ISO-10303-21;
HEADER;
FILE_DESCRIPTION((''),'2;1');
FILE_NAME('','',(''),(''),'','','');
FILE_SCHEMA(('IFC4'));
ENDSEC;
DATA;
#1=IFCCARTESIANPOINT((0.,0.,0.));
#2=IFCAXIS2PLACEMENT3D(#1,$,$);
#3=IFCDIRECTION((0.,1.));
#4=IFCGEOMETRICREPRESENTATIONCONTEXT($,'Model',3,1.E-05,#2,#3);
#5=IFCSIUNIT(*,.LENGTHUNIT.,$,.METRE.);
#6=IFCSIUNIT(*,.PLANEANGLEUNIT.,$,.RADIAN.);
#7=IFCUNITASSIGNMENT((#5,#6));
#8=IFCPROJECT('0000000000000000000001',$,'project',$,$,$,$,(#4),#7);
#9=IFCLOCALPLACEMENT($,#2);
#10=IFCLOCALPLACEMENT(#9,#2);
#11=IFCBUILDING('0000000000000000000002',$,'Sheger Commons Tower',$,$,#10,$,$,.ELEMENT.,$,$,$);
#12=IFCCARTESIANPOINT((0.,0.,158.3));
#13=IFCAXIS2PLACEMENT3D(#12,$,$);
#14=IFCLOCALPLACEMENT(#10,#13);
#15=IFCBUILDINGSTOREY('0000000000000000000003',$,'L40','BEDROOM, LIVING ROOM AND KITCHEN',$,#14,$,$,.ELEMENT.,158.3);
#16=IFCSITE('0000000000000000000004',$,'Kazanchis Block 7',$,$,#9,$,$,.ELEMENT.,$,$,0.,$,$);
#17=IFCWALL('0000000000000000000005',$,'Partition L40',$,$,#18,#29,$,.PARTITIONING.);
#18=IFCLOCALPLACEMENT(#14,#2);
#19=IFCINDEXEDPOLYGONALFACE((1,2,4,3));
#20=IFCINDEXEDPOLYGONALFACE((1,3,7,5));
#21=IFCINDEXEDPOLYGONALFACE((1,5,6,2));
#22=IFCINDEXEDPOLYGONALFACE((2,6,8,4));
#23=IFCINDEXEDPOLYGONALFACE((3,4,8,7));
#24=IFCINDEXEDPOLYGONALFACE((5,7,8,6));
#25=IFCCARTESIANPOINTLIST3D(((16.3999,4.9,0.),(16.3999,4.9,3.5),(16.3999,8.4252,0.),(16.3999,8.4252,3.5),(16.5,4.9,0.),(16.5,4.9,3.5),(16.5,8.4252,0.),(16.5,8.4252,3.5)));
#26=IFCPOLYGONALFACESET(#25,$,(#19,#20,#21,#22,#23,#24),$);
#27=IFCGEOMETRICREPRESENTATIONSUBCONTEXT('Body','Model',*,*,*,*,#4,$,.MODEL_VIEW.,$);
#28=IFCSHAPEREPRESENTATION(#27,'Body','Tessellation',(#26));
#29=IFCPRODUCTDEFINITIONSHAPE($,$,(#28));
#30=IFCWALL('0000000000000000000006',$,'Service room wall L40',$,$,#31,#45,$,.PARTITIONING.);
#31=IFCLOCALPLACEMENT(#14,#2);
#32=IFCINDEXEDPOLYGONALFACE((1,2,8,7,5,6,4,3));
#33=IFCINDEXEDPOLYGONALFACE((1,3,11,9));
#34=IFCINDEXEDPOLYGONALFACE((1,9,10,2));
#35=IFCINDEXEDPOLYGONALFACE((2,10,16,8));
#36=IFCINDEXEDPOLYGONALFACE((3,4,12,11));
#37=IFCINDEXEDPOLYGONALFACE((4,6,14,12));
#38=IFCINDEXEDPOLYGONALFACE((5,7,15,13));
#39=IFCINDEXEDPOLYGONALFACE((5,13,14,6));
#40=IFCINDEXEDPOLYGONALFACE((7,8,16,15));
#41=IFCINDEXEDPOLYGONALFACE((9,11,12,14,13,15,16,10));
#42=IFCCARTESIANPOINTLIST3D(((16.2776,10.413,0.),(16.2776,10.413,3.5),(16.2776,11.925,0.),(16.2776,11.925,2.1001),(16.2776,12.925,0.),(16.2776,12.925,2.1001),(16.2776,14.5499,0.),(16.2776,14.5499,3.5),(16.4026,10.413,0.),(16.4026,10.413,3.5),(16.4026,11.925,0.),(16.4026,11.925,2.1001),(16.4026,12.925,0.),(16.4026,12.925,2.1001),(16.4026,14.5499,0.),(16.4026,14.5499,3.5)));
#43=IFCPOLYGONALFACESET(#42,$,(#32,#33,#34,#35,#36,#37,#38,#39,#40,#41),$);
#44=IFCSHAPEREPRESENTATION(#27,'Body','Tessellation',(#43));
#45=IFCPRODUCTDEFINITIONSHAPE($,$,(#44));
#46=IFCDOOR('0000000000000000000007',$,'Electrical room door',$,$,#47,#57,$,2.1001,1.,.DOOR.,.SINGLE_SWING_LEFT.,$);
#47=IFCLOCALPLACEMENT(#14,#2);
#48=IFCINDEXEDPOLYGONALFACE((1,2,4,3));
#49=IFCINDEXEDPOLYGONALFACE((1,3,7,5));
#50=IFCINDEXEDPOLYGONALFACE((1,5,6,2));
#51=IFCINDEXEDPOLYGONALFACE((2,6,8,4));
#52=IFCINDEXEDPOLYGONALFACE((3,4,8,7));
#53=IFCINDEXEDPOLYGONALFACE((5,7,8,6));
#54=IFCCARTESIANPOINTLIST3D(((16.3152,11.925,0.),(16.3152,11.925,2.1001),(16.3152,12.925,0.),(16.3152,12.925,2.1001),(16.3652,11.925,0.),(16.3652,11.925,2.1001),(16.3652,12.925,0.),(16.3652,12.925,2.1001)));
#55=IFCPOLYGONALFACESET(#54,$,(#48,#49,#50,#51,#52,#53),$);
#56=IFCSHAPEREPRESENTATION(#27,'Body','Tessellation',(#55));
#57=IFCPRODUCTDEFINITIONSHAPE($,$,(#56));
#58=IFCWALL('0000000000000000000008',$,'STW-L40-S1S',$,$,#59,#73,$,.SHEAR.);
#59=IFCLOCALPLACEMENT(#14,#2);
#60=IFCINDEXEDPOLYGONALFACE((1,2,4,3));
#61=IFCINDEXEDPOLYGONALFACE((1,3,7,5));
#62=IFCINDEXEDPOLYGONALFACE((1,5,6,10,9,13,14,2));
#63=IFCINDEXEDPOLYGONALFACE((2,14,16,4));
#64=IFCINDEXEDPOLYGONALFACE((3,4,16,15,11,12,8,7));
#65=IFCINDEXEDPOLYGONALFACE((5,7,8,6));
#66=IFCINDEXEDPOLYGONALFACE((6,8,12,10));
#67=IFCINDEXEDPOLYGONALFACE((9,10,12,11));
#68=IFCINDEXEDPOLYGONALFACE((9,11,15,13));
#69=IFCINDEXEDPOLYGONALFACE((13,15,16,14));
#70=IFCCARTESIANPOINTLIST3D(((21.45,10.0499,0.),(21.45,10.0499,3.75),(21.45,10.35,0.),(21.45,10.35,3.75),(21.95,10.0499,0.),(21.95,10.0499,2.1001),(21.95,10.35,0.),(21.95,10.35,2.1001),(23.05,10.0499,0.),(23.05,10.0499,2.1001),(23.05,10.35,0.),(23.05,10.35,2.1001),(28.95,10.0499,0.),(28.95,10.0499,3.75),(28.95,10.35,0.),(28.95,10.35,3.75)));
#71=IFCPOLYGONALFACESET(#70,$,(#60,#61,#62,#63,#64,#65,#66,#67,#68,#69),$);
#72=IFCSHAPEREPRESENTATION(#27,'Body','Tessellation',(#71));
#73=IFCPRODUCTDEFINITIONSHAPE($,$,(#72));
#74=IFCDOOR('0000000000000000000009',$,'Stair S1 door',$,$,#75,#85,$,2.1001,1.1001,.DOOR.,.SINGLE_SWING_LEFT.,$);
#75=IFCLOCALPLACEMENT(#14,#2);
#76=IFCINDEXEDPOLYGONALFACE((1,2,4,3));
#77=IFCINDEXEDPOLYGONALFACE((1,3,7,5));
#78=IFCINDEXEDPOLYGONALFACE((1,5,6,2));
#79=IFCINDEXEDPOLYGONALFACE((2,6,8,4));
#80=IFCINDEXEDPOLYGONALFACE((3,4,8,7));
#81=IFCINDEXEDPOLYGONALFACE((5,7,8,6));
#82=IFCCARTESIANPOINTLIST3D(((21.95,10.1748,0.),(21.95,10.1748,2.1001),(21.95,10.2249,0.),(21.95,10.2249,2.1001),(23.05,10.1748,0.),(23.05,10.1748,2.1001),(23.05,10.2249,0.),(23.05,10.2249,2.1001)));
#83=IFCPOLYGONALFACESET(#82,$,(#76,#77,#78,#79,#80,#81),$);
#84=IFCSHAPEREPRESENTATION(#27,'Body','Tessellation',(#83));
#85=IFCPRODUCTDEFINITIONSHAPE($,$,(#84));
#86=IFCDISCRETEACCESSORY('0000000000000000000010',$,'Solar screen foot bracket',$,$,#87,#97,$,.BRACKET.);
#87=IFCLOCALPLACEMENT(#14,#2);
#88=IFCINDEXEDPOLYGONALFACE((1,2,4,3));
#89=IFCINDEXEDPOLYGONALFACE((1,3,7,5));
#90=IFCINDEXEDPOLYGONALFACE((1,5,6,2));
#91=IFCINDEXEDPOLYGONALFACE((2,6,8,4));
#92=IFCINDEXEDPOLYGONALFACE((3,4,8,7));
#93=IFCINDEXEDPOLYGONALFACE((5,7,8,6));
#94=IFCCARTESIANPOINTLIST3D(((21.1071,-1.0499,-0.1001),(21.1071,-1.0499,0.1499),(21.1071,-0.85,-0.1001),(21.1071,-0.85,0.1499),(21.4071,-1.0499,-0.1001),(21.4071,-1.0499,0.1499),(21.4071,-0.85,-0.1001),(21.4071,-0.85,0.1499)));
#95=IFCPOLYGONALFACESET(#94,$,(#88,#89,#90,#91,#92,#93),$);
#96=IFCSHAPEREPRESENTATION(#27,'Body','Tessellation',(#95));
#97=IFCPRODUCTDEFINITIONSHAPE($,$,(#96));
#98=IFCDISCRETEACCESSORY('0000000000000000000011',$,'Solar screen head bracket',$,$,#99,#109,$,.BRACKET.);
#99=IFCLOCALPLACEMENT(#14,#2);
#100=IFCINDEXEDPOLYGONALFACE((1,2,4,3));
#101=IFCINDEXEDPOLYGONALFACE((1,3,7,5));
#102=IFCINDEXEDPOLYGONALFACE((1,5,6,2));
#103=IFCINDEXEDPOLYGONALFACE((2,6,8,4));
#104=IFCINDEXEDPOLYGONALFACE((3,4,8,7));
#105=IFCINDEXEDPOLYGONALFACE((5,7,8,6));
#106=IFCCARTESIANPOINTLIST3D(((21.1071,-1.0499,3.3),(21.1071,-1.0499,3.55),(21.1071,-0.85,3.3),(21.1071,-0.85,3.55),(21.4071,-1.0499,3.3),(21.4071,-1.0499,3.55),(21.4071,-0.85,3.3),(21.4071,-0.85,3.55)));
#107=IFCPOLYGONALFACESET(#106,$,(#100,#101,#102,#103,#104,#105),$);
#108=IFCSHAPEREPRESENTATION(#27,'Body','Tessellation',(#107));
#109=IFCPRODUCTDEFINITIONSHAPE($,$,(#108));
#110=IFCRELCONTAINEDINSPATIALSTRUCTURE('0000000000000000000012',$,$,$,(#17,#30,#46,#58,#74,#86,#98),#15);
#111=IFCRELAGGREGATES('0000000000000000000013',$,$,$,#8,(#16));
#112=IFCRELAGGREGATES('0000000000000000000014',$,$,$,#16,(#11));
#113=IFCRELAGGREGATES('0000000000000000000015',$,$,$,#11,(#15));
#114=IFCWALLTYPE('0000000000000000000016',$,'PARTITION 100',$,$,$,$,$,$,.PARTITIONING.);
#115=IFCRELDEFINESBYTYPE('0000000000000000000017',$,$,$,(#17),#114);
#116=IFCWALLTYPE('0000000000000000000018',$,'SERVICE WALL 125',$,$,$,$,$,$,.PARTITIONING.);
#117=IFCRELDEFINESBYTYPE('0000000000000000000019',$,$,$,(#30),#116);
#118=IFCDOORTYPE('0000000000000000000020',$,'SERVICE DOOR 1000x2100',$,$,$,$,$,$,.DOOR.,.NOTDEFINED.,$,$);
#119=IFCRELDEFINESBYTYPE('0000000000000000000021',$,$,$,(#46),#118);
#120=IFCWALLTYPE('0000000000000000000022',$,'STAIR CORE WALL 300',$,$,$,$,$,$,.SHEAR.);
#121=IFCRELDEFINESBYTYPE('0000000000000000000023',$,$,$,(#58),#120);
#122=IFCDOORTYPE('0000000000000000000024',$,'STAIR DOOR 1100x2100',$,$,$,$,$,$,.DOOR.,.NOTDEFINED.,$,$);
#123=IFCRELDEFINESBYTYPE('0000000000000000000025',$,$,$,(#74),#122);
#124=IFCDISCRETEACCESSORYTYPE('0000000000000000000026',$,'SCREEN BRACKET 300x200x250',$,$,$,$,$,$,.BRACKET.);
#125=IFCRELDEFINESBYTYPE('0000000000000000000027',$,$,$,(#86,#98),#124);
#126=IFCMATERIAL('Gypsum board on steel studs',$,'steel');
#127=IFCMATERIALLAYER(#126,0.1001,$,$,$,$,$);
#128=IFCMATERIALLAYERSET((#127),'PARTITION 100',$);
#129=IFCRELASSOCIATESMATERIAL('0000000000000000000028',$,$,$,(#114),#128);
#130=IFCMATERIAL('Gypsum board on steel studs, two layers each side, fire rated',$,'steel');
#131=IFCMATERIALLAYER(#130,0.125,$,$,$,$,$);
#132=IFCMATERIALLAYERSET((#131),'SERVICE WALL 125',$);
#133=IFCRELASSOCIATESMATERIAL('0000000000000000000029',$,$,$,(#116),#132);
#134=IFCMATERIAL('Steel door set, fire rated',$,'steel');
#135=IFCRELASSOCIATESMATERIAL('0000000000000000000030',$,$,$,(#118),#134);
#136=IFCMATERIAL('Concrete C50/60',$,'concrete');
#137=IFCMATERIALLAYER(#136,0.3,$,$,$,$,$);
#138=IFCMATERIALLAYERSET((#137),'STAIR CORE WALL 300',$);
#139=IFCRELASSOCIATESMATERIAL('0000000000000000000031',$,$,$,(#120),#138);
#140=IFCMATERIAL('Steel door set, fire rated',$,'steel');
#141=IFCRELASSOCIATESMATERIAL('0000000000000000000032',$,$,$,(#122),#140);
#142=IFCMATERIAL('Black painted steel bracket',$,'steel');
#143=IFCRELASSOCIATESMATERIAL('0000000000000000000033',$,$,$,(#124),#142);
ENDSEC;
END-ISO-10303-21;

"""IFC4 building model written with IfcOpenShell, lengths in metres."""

from ifc_helpers import new_model, si_unit, direction, frame, frame_2d, origin, origin_2d, place, context, subcontext, project, spatial, rectangle, extrude, material, layer, layer_set, type_object, element, fill, save


model = new_model("IFC4")

# Units and contexts
model_context = context("Model", 3, precision=1e-05, world=origin(), true_north=direction((0.0, 1.0)))
body_context = subcontext(model_context, "Body", "Model", "MODEL_VIEW")
ifc_project = project(units=[si_unit("LENGTHUNIT", "METRE"), si_unit("PLANEANGLEUNIT", "RADIAN")], contexts=[model_context])

# Site, building, storey
site_placement = place(None, origin())
site = spatial("IfcSite", under=ifc_project, at=site_placement, Name="Kazanchis Block 7", CompositionType="ELEMENT", RefElevation=0.0)
building_placement = place(site_placement, origin())
building = spatial("IfcBuilding", under=site, at=building_placement, Name="Sheger Commons Tower", CompositionType="ELEMENT")
storey_placement = place(building_placement, frame((0.0, 0.0, 158.3)))
storey = spatial("IfcBuildingStorey", under=building, at=storey_placement, Name="L40", Description="BEDROOM, LIVING ROOM AND KITCHEN", CompositionType="ELEMENT", Elevation=158.3)

# Shared definitions
ifc_material_1 = material(Name="Gypsum board on steel studs", Category="steel")
ifc_layer_1 = layer(ifc_material_1, 0.1001)
ifc_layer_set_1 = layer_set([ifc_layer_1], Name="PARTITION 100")
wall_type_1 = type_object("IfcWallType", Name="PARTITION 100", PredefinedType="PARTITIONING", material=ifc_layer_set_1)

# Wall
wall_1_placement = place(storey_placement, frame((16.45, 4.8999, 0.0), z_axis=(0.0, 0.0, 1.0), x_axis=(0.0, 1.0, 0.0)))
element("IfcWall", 1, at=wall_1_placement, inside=storey, type_object=wall_type_1, Name="Partition L40", PredefinedType="PARTITIONING", context=body_context, shape_type="SweptSolid", body=[
    extrude(rectangle(XDim=3.5251, YDim=0.1001, at=frame_2d((1.7627, 0.0))), origin(), (0.0, 0.0, 1.0), 3.5),
])

# Walls, openings, doors
ifc_material_2 = material(Name="Gypsum board on steel studs, two layers each side, fire rated", Category="steel")
ifc_layer_2 = layer(ifc_material_2, 0.125)
ifc_layer_set_2 = layer_set([ifc_layer_2], Name="SERVICE WALL 125")
wall_type_2 = type_object("IfcWallType", Name="SERVICE WALL 125", PredefinedType="PARTITIONING", material=ifc_layer_set_2)
wall_2_placement = place(storey_placement, frame((16.3401, 10.4131, 0.0), z_axis=(0.0, 0.0, 1.0), x_axis=(0.0, 1.0, 0.0)))
wall_2 = element("IfcWall", 2, at=wall_2_placement, inside=storey, type_object=wall_type_2, Name="Service room wall L40", PredefinedType="PARTITIONING", context=body_context, shape_type="SweptSolid", body=[
    extrude(rectangle(XDim=4.137, YDim=0.125, at=frame_2d((2.0684, 0.0))), origin(), (0.0, 0.0, 1.0), 3.5),
])
opening_1_placement = place(wall_2_placement, frame((1.512, 0.0, 0.0)))
opening_1 = element("IfcOpeningElement", 3, at=opening_1_placement, cuts=wall_2, PredefinedType="OPENING", context=body_context, shape_type="SweptSolid", body=[
    extrude(rectangle(XDim=1.0, YDim=2.1001, at=frame_2d((0.5, 1.05))), frame((0.0, 0.0725, 0.0), z_axis=(0.0, -1.0, 0.0), x_axis=(1.0, 0.0, 0.0)), (0.0, 0.0, 1.0), 0.145),
])
ifc_material_3 = material(Name="Steel door set, fire rated", Category="steel")
door_type_1 = type_object("IfcDoorType", Name="SERVICE DOOR 1000x2100", OperationType="NOTDEFINED", PredefinedType="DOOR", material=ifc_material_3)
door_1_placement = place(opening_1_placement, origin())
door_1 = element("IfcDoor", 4, at=door_1_placement, inside=storey, type_object=door_type_1, Name="Electrical room door", OperationType="SINGLE_SWING_LEFT", OverallHeight=2.1001, OverallWidth=1.0, PredefinedType="DOOR", context=body_context, shape_type="SweptSolid", body=[
    extrude(rectangle(XDim=1.0, YDim=2.1001, at=frame_2d((0.5, 1.05))), frame((0.0, 0.0249, 0.0), z_axis=(0.0, -1.0, 0.0), x_axis=(1.0, 0.0, 0.0)), (0.0, 0.0, 1.0), 0.05),
])
fill(opening_1, door_1)
ifc_material_4 = material(Name="Concrete C50/60", Category="concrete")
ifc_layer_3 = layer(ifc_material_4, 0.3)
ifc_layer_set_3 = layer_set([ifc_layer_3], Name="STAIR CORE WALL 300")
wall_type_3 = type_object("IfcWallType", Name="STAIR CORE WALL 300", PredefinedType="SHEAR", material=ifc_layer_set_3)
wall_3_placement = place(storey_placement, frame((21.45, 10.2, 0.0), z_axis=(0.0, 0.0, 1.0), x_axis=(1.0, 0.0, 0.0)))
wall_3 = element("IfcWall", 5, at=wall_3_placement, inside=storey, type_object=wall_type_3, Name="STW-L40-S1S", PredefinedType="SHEAR", context=body_context, shape_type="SweptSolid", body=[
    extrude(rectangle(XDim=7.5, YDim=0.3, at=frame_2d((3.75, 0.0))), origin(), (0.0, 0.0, 1.0), 3.75),
])
opening_2_placement = place(wall_3_placement, frame((0.5, 0.0, 0.0)))
opening_2 = element("IfcOpeningElement", 6, at=opening_2_placement, cuts=wall_3, PredefinedType="OPENING", context=body_context, shape_type="SweptSolid", body=[
    extrude(rectangle(XDim=1.1001, YDim=2.1001, at=frame_2d((0.55, 1.05))), frame((0.0, 0.1599, 0.0), z_axis=(0.0, -1.0, 0.0), x_axis=(1.0, 0.0, 0.0)), (0.0, 0.0, 1.0), 0.3201),
])
ifc_material_5 = material(Name="Steel door set, fire rated", Category="steel")
door_type_2 = type_object("IfcDoorType", Name="STAIR DOOR 1100x2100", OperationType="NOTDEFINED", PredefinedType="DOOR", material=ifc_material_5)
door_2_placement = place(opening_2_placement, origin())
door_2 = element("IfcDoor", 7, at=door_2_placement, inside=storey, type_object=door_type_2, Name="Stair S1 door", OperationType="SINGLE_SWING_LEFT", OverallHeight=2.1001, OverallWidth=1.1001, PredefinedType="DOOR", context=body_context, shape_type="SweptSolid", body=[
    extrude(rectangle(XDim=1.1001, YDim=2.1001, at=frame_2d((0.55, 1.05))), frame((0.0, 0.0249, 0.0), z_axis=(0.0, -1.0, 0.0), x_axis=(1.0, 0.0, 0.0)), (0.0, 0.0, 1.0), 0.05),
])
fill(opening_2, door_2)

# Discrete accessories
ifc_material_6 = material(Name="Black painted steel bracket", Category="steel")
discrete_accessory_type = type_object("IfcDiscreteAccessoryType", Name="SCREEN BRACKET 300x200x250", PredefinedType="BRACKET", material=ifc_material_6)
for number, where, z_axis, x_axis, name in (
    (8, (21.2571, -0.95, -0.1001), (0.0, 0.0, 1.0), (1.0, 0.0, 0.0), "Solar screen foot bracket"),
    (9, (21.2571, -0.95, 3.3), (0.0, 0.0, 1.0), (1.0, 0.0, 0.0), "Solar screen head bracket"),
):
    element("IfcDiscreteAccessory", number, at=place(storey_placement, frame(where, z_axis=z_axis, x_axis=x_axis)), inside=storey, type_object=discrete_accessory_type, Name=name, PredefinedType="BRACKET", context=body_context, shape_type="SweptSolid", body=[
        extrude(rectangle(XDim=0.3, YDim=0.2, at=origin_2d()), origin(), (0.0, 0.0, 1.0), 0.25),
    ])

save(model, "model.ifc")
